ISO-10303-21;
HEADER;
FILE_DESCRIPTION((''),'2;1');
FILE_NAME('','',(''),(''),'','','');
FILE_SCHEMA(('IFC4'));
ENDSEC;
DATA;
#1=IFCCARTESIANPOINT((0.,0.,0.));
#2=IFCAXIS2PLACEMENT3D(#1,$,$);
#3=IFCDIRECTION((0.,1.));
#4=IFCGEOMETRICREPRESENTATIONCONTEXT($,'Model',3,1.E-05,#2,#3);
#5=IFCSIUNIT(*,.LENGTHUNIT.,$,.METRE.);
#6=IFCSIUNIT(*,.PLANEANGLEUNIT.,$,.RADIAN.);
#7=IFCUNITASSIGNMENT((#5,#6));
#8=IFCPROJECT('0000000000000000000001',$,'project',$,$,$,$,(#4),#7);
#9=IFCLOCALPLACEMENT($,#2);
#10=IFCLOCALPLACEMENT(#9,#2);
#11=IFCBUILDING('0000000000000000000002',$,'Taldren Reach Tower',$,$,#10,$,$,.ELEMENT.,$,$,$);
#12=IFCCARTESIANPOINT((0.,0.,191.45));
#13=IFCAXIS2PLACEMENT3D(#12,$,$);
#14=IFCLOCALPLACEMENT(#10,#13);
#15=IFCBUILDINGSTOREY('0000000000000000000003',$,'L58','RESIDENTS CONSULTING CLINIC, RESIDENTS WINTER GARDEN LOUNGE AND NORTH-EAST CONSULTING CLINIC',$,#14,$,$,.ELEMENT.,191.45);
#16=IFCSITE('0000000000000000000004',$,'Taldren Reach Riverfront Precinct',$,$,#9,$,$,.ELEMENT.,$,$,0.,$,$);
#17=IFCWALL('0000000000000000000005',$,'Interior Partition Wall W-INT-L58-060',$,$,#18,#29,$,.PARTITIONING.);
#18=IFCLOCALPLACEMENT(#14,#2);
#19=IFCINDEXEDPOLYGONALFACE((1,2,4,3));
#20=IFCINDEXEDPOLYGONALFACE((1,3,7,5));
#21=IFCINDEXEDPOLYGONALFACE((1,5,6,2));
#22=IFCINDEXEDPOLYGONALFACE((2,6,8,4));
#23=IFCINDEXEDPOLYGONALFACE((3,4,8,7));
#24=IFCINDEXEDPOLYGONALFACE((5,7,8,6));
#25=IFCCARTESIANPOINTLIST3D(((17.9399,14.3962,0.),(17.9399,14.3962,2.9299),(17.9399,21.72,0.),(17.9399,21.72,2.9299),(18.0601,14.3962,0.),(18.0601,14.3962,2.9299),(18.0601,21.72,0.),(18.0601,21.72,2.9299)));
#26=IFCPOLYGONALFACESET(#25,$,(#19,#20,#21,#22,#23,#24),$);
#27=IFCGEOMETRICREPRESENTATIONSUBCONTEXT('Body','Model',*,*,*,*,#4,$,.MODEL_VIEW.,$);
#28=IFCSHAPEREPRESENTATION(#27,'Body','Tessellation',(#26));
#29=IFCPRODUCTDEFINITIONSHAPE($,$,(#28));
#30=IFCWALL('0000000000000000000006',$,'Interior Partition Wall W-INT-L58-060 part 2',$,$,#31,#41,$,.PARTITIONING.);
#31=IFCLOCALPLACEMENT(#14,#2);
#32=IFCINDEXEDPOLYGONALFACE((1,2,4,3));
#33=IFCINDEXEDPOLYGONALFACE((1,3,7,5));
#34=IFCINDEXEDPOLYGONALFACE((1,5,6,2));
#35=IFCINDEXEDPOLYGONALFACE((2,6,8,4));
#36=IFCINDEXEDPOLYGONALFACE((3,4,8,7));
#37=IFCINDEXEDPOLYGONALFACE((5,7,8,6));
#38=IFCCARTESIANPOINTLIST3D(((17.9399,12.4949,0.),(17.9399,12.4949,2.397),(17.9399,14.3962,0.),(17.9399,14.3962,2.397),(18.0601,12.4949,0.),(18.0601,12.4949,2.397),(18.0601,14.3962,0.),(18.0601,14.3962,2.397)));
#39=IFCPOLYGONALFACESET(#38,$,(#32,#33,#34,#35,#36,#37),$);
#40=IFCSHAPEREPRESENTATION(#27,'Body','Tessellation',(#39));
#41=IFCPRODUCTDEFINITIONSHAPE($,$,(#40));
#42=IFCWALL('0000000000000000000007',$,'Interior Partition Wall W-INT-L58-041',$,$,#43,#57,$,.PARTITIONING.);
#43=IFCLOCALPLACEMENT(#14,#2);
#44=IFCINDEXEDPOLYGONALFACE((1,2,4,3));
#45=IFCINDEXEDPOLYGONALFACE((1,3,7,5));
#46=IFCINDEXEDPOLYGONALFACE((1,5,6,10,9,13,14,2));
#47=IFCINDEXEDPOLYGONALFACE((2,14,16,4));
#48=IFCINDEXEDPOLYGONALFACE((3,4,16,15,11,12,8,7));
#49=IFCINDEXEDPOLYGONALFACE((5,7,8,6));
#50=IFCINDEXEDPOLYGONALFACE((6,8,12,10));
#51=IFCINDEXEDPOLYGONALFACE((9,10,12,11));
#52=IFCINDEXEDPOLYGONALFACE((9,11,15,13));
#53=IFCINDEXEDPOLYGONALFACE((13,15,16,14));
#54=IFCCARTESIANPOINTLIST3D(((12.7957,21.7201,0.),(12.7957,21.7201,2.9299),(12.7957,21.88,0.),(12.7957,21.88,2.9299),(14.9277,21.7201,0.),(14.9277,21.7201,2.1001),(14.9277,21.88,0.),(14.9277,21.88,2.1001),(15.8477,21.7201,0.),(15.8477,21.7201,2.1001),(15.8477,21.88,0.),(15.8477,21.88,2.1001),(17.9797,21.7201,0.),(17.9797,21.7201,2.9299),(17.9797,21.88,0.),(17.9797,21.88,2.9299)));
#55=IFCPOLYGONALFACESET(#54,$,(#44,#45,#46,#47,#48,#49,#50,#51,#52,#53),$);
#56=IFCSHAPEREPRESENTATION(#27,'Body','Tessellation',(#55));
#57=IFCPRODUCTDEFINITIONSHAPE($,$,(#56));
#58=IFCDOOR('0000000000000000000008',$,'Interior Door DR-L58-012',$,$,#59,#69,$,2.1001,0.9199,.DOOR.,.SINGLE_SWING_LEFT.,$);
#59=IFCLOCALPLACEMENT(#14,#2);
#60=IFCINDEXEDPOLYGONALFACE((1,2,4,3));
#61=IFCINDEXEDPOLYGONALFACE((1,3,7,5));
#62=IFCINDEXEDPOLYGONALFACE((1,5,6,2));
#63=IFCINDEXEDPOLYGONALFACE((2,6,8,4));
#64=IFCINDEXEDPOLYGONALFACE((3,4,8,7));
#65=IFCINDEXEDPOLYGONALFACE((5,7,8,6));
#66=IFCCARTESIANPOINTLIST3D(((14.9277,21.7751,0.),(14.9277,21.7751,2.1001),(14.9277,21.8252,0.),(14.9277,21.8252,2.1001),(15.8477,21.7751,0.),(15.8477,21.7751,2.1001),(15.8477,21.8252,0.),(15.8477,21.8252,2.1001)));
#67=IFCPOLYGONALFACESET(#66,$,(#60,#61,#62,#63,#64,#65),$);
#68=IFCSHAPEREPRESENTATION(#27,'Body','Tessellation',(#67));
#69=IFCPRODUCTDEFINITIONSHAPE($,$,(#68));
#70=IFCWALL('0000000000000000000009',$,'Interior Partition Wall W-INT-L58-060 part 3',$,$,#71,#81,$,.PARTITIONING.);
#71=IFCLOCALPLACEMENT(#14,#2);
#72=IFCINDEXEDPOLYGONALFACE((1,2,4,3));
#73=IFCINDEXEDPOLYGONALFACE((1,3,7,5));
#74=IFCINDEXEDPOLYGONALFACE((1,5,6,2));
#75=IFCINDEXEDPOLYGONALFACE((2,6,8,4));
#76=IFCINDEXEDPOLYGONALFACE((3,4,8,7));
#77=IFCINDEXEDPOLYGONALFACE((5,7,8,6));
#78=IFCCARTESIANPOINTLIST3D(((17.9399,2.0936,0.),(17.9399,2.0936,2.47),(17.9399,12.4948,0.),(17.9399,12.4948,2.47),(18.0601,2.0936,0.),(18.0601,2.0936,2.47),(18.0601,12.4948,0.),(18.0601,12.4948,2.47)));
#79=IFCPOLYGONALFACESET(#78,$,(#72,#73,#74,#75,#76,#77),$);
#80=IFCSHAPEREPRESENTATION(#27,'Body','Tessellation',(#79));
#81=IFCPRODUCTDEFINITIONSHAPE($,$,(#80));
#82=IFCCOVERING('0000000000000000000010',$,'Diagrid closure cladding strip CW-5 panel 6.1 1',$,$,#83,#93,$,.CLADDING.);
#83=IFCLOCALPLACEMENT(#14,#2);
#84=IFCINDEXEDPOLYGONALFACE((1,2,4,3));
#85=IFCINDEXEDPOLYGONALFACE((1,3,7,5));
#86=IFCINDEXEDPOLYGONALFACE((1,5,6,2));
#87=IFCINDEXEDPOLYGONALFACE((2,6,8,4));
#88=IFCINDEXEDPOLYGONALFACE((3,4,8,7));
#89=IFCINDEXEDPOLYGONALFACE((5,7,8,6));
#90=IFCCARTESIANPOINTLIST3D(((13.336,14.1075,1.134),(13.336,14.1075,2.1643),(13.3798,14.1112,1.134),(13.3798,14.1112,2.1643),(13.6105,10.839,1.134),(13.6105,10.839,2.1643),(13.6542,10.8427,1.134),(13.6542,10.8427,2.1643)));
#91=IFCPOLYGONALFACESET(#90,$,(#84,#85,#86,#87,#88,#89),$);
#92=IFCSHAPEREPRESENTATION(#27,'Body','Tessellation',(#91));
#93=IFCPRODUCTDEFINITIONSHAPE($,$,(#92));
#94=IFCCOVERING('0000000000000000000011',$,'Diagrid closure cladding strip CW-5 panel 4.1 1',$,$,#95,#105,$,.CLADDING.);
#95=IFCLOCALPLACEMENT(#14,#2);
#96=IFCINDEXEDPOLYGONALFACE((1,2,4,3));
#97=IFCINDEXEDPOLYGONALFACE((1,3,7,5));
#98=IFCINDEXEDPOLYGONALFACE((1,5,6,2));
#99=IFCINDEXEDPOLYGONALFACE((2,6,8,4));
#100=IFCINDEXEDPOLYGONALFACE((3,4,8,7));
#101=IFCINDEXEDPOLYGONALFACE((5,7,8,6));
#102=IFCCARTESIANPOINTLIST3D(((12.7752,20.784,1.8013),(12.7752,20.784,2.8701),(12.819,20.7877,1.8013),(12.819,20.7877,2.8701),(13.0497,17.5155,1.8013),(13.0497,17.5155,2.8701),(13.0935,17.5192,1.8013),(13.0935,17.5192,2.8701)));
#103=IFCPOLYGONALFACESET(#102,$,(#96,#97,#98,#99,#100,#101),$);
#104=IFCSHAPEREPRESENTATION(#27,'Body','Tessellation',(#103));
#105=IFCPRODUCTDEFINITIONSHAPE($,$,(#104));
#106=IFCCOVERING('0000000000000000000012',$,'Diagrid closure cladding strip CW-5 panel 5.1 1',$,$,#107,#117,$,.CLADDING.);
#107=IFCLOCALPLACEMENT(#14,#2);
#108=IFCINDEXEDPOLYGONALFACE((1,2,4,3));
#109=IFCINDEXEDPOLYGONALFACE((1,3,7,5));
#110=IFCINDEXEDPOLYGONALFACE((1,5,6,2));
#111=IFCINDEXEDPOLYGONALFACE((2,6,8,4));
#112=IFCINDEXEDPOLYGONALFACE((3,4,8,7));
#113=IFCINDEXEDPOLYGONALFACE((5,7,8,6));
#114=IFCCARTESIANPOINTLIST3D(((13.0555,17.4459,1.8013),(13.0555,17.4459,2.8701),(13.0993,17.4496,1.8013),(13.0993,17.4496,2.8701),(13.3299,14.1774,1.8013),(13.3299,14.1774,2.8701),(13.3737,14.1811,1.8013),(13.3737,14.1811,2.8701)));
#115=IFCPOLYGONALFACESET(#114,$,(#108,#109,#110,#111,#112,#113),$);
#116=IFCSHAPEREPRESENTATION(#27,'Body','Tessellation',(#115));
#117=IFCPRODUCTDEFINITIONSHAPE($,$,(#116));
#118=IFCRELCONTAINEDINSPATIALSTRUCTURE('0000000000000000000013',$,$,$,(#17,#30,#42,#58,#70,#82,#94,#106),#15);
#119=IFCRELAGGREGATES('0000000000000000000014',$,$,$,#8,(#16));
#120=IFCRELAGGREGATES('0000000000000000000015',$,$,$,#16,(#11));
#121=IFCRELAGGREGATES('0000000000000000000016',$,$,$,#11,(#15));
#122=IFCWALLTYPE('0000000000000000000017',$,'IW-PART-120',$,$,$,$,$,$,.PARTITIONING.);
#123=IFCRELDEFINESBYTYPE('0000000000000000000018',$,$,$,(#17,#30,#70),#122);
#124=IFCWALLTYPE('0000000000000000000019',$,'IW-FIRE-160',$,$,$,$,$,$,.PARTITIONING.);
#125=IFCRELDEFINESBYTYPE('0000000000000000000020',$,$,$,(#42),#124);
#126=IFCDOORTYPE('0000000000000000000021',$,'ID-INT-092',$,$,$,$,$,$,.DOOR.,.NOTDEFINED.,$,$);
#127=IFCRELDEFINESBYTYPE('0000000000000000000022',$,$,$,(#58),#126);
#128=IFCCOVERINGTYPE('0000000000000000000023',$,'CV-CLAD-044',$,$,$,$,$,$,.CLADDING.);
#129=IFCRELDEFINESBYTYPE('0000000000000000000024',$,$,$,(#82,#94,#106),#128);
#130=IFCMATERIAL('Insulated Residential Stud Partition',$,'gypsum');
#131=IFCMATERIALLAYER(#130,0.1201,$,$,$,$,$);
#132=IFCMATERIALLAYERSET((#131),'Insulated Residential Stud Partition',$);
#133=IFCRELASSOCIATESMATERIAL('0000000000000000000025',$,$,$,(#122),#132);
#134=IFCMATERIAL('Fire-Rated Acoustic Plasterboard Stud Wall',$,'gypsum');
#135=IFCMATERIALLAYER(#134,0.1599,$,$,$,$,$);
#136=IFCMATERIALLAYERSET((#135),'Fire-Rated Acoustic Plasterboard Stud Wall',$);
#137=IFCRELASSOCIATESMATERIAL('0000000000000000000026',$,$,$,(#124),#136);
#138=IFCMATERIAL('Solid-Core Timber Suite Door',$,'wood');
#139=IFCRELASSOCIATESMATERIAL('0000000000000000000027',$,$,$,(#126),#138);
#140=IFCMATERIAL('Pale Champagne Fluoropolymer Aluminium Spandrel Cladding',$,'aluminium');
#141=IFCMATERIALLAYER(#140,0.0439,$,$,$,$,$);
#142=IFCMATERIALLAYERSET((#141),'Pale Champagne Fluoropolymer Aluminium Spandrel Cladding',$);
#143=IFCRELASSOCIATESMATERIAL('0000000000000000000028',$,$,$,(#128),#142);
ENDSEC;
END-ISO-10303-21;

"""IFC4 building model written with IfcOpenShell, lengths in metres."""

from ifc_helpers import new_model, si_unit, direction, frame, frame_2d, origin, origin_2d, place, context, subcontext, project, spatial, rectangle, extrude, source, transform, mapped, material, layer, layer_set, type_object, element, fill, save


model = new_model("IFC4")

# Units and contexts
model_context = context("Model", 3, precision=1e-05, world=origin(), true_north=direction((0.0, 1.0)))
body_context = subcontext(model_context, "Body", "Model", "MODEL_VIEW")
ifc_project = project(units=[si_unit("LENGTHUNIT", "METRE"), si_unit("PLANEANGLEUNIT", "RADIAN")], contexts=[model_context])

# Site, building, storey
site_placement = place(None, origin())
site = spatial("IfcSite", under=ifc_project, at=site_placement, Name="Taldren Reach Riverfront Precinct", CompositionType="ELEMENT", RefElevation=0.0)
building_placement = place(site_placement, origin())
building = spatial("IfcBuilding", under=site, at=building_placement, Name="Taldren Reach Tower", CompositionType="ELEMENT")
storey_placement = place(building_placement, frame((0.0, 0.0, 191.45)))
storey = spatial("IfcBuildingStorey", under=building, at=storey_placement, Name="L58", Description="RESIDENTS CONSULTING CLINIC, RESIDENTS WINTER GARDEN LOUNGE AND NORTH-EAST CONSULTING CLINIC", CompositionType="ELEMENT", Elevation=191.45)

# Walls
ifc_material_1 = material(Name="Insulated Residential Stud Partition", Category="gypsum")
ifc_layer_1 = layer(ifc_material_1, 0.1201)
ifc_layer_set_1 = layer_set([ifc_layer_1], Name="Insulated Residential Stud Partition")
wall_type_1 = type_object("IfcWallType", Name="IW-PART-120", PredefinedType="PARTITIONING", material=ifc_layer_set_1)
shared_shape_1 = source(origin(), body_context, "Body", "SweptSolid", [
    extrude(rectangle(XDim=7.3237, YDim=0.1201, at=frame_2d((3.6619, 0.0))), origin(), (0.0, 0.0, 1.0), 2.9299),
])
wall_1_placement = place(storey_placement, frame((18.0, 21.72, 0.0), z_axis=(0.0, 0.0, 1.0), x_axis=(0.0, -1.0, 0.0)))
element("IfcWall", 1, at=wall_1_placement, inside=storey, type_object=wall_type_1, Name="Interior Partition Wall W-INT-L58-060", PredefinedType="PARTITIONING", context=body_context, shape_type="MappedRepresentation", body=[
    mapped(shared_shape_1, transform((0.0, 0.0, 0.0), scale=1.0)),
])
shared_shape_2 = source(origin(), body_context, "Body", "SweptSolid", [
    extrude(rectangle(XDim=1.9014, YDim=0.1201, at=frame_2d((0.9507, 0.0))), origin(), (0.0, 0.0, 1.0), 2.397),
])
wall_2_placement = place(storey_placement, frame((18.0, 14.3962, 0.0), z_axis=(0.0, 0.0, 1.0), x_axis=(0.0, -1.0, 0.0)))
element("IfcWall", 2, at=wall_2_placement, inside=storey, type_object=wall_type_1, Name="Interior Partition Wall W-INT-L58-060 part 2", PredefinedType="PARTITIONING", context=body_context, shape_type="MappedRepresentation", body=[
    mapped(shared_shape_2, transform((0.0, 0.0, 0.0), scale=1.0)),
])

# Wall, opening, door
ifc_material_2 = material(Name="Fire-Rated Acoustic Plasterboard Stud Wall", Category="gypsum")
ifc_layer_2 = layer(ifc_material_2, 0.1599)
ifc_layer_set_2 = layer_set([ifc_layer_2], Name="Fire-Rated Acoustic Plasterboard Stud Wall")
wall_type_2 = type_object("IfcWallType", Name="IW-FIRE-160", PredefinedType="PARTITIONING", material=ifc_layer_set_2)
shared_shape_3 = source(origin(), body_context, "Body", "SweptSolid", [
    extrude(rectangle(XDim=5.1841, YDim=0.1599, at=frame_2d((2.592, 0.0))), origin(), (0.0, 0.0, 1.0), 2.9299),
])
wall_3_placement = place(storey_placement, frame((17.9797, 21.8, 0.0), z_axis=(0.0, 0.0, 1.0), x_axis=(-1.0, 0.0, 0.0)))
wall_3 = element("IfcWall", 3, at=wall_3_placement, inside=storey, type_object=wall_type_2, Name="Interior Partition Wall W-INT-L58-041", PredefinedType="PARTITIONING", context=body_context, shape_type="MappedRepresentation", body=[
    mapped(shared_shape_3, transform((0.0, 0.0, 0.0), scale=1.0)),
])
shared_shape_4 = source(origin(), body_context, "Body", "SweptSolid", [
    extrude(rectangle(XDim=0.9199, YDim=2.1001, at=frame_2d((0.46, 1.05))), frame((0.0, 0.0898, 0.0), z_axis=(0.0, -1.0, 0.0), x_axis=(1.0, 0.0, 0.0)), (0.0, 0.0, 1.0), 0.1799),
])
opening_placement = place(wall_3_placement, frame((2.1321, 0.0, 0.0)))
opening = element("IfcOpeningElement", 4, at=opening_placement, cuts=wall_3, PredefinedType="OPENING", context=body_context, shape_type="MappedRepresentation", body=[
    mapped(shared_shape_4, transform((0.0, 0.0, 0.0), scale=1.0)),
])
ifc_material_3 = material(Name="Solid-Core Timber Suite Door", Category="wood")
door_type = type_object("IfcDoorType", Name="ID-INT-092", OperationType="NOTDEFINED", PredefinedType="DOOR", material=ifc_material_3)
shared_shape_5 = source(origin(), body_context, "Body", "SweptSolid", [
    extrude(rectangle(XDim=0.9199, YDim=2.1001, at=frame_2d((0.46, 1.05))), frame((0.0, 0.0249, 0.0), z_axis=(0.0, -1.0, 0.0), x_axis=(1.0, 0.0, 0.0)), (0.0, 0.0, 1.0), 0.05),
])
door_placement = place(opening_placement, origin())
door = element("IfcDoor", 5, at=door_placement, inside=storey, type_object=door_type, Name="Interior Door DR-L58-012", OperationType="SINGLE_SWING_LEFT", OverallHeight=2.1001, OverallWidth=0.9199, PredefinedType="DOOR", context=body_context, shape_type="MappedRepresentation", body=[
    mapped(shared_shape_5, transform((0.0, 0.0, 0.0), scale=1.0)),
])
fill(opening, door)

# Wall
shared_shape_6 = source(origin(), body_context, "Body", "SweptSolid", [
    extrude(rectangle(XDim=10.4011, YDim=0.1201, at=frame_2d((5.2007, 0.0))), origin(), (0.0, 0.0, 1.0), 2.47),
])
wall_4_placement = place(storey_placement, frame((18.0, 12.4949, 0.0), z_axis=(0.0, 0.0, 1.0), x_axis=(0.0, -1.0, 0.0)))
element("IfcWall", 6, at=wall_4_placement, inside=storey, type_object=wall_type_1, Name="Interior Partition Wall W-INT-L58-060 part 3", PredefinedType="PARTITIONING", context=body_context, shape_type="MappedRepresentation", body=[
    mapped(shared_shape_6, transform((0.0, 0.0, 0.0), scale=1.0)),
])

# Coverings
ifc_material_4 = material(Name="Pale Champagne Fluoropolymer Aluminium Spandrel Cladding", Category="aluminium")
ifc_layer_3 = layer(ifc_material_4, 0.0439)
ifc_layer_set_3 = layer_set([ifc_layer_3], Name="Pale Champagne Fluoropolymer Aluminium Spandrel Cladding")
covering_type = type_object("IfcCoveringType", Name="CV-CLAD-044", PredefinedType="CLADDING", material=ifc_layer_set_3)
shared_shape_7 = source(origin(), body_context, "Body", "SweptSolid", [
    extrude(rectangle(XDim=3.28, YDim=0.0439, at=origin_2d()), origin(), (0.0, 0.0, 1.0), 1.0303),
])
covering_placement = place(storey_placement, frame((13.4951, 12.4751, 1.134), z_axis=(0.0, 0.0, 1.0), x_axis=(0.083678, -0.996493, 0.0)))
element("IfcCovering", 7, at=covering_placement, inside=storey, type_object=covering_type, Name="Diagrid closure cladding strip CW-5 panel 6.1 1", PredefinedType="CLADDING", context=body_context, shape_type="MappedRepresentation", body=[
    mapped(shared_shape_7, transform((0.0, 0.0, 0.0), scale=1.0)),
])
shared_shape_8 = source(origin(), body_context, "Body", "SweptSolid", [
    extrude(rectangle(XDim=3.28, YDim=0.0439, at=origin_2d()), origin(), (0.0, 0.0, 1.0), 1.0688),
])
for number, where, z_axis, x_axis, name in (
    (8, (12.9343, 19.1516, 1.8013), (0.0, 0.0, 1.0), (0.083678, -0.996493, 0.0), "Diagrid closure cladding strip CW-5 panel 4.1 1"),
    (9, (13.2146, 15.8135, 1.8013), (0.0, 0.0, 1.0), (0.083678, -0.996493, 0.0), "Diagrid closure cladding strip CW-5 panel 5.1 1"),
):
    element("IfcCovering", number, at=place(storey_placement, frame(where, z_axis=z_axis, x_axis=x_axis)), inside=storey, type_object=covering_type, Name=name, PredefinedType="CLADDING", context=body_context, shape_type="MappedRepresentation", body=[
        mapped(shared_shape_8, transform((0.0, 0.0, 0.0), scale=1.0)),
    ])

save(model, "model.ifc")
